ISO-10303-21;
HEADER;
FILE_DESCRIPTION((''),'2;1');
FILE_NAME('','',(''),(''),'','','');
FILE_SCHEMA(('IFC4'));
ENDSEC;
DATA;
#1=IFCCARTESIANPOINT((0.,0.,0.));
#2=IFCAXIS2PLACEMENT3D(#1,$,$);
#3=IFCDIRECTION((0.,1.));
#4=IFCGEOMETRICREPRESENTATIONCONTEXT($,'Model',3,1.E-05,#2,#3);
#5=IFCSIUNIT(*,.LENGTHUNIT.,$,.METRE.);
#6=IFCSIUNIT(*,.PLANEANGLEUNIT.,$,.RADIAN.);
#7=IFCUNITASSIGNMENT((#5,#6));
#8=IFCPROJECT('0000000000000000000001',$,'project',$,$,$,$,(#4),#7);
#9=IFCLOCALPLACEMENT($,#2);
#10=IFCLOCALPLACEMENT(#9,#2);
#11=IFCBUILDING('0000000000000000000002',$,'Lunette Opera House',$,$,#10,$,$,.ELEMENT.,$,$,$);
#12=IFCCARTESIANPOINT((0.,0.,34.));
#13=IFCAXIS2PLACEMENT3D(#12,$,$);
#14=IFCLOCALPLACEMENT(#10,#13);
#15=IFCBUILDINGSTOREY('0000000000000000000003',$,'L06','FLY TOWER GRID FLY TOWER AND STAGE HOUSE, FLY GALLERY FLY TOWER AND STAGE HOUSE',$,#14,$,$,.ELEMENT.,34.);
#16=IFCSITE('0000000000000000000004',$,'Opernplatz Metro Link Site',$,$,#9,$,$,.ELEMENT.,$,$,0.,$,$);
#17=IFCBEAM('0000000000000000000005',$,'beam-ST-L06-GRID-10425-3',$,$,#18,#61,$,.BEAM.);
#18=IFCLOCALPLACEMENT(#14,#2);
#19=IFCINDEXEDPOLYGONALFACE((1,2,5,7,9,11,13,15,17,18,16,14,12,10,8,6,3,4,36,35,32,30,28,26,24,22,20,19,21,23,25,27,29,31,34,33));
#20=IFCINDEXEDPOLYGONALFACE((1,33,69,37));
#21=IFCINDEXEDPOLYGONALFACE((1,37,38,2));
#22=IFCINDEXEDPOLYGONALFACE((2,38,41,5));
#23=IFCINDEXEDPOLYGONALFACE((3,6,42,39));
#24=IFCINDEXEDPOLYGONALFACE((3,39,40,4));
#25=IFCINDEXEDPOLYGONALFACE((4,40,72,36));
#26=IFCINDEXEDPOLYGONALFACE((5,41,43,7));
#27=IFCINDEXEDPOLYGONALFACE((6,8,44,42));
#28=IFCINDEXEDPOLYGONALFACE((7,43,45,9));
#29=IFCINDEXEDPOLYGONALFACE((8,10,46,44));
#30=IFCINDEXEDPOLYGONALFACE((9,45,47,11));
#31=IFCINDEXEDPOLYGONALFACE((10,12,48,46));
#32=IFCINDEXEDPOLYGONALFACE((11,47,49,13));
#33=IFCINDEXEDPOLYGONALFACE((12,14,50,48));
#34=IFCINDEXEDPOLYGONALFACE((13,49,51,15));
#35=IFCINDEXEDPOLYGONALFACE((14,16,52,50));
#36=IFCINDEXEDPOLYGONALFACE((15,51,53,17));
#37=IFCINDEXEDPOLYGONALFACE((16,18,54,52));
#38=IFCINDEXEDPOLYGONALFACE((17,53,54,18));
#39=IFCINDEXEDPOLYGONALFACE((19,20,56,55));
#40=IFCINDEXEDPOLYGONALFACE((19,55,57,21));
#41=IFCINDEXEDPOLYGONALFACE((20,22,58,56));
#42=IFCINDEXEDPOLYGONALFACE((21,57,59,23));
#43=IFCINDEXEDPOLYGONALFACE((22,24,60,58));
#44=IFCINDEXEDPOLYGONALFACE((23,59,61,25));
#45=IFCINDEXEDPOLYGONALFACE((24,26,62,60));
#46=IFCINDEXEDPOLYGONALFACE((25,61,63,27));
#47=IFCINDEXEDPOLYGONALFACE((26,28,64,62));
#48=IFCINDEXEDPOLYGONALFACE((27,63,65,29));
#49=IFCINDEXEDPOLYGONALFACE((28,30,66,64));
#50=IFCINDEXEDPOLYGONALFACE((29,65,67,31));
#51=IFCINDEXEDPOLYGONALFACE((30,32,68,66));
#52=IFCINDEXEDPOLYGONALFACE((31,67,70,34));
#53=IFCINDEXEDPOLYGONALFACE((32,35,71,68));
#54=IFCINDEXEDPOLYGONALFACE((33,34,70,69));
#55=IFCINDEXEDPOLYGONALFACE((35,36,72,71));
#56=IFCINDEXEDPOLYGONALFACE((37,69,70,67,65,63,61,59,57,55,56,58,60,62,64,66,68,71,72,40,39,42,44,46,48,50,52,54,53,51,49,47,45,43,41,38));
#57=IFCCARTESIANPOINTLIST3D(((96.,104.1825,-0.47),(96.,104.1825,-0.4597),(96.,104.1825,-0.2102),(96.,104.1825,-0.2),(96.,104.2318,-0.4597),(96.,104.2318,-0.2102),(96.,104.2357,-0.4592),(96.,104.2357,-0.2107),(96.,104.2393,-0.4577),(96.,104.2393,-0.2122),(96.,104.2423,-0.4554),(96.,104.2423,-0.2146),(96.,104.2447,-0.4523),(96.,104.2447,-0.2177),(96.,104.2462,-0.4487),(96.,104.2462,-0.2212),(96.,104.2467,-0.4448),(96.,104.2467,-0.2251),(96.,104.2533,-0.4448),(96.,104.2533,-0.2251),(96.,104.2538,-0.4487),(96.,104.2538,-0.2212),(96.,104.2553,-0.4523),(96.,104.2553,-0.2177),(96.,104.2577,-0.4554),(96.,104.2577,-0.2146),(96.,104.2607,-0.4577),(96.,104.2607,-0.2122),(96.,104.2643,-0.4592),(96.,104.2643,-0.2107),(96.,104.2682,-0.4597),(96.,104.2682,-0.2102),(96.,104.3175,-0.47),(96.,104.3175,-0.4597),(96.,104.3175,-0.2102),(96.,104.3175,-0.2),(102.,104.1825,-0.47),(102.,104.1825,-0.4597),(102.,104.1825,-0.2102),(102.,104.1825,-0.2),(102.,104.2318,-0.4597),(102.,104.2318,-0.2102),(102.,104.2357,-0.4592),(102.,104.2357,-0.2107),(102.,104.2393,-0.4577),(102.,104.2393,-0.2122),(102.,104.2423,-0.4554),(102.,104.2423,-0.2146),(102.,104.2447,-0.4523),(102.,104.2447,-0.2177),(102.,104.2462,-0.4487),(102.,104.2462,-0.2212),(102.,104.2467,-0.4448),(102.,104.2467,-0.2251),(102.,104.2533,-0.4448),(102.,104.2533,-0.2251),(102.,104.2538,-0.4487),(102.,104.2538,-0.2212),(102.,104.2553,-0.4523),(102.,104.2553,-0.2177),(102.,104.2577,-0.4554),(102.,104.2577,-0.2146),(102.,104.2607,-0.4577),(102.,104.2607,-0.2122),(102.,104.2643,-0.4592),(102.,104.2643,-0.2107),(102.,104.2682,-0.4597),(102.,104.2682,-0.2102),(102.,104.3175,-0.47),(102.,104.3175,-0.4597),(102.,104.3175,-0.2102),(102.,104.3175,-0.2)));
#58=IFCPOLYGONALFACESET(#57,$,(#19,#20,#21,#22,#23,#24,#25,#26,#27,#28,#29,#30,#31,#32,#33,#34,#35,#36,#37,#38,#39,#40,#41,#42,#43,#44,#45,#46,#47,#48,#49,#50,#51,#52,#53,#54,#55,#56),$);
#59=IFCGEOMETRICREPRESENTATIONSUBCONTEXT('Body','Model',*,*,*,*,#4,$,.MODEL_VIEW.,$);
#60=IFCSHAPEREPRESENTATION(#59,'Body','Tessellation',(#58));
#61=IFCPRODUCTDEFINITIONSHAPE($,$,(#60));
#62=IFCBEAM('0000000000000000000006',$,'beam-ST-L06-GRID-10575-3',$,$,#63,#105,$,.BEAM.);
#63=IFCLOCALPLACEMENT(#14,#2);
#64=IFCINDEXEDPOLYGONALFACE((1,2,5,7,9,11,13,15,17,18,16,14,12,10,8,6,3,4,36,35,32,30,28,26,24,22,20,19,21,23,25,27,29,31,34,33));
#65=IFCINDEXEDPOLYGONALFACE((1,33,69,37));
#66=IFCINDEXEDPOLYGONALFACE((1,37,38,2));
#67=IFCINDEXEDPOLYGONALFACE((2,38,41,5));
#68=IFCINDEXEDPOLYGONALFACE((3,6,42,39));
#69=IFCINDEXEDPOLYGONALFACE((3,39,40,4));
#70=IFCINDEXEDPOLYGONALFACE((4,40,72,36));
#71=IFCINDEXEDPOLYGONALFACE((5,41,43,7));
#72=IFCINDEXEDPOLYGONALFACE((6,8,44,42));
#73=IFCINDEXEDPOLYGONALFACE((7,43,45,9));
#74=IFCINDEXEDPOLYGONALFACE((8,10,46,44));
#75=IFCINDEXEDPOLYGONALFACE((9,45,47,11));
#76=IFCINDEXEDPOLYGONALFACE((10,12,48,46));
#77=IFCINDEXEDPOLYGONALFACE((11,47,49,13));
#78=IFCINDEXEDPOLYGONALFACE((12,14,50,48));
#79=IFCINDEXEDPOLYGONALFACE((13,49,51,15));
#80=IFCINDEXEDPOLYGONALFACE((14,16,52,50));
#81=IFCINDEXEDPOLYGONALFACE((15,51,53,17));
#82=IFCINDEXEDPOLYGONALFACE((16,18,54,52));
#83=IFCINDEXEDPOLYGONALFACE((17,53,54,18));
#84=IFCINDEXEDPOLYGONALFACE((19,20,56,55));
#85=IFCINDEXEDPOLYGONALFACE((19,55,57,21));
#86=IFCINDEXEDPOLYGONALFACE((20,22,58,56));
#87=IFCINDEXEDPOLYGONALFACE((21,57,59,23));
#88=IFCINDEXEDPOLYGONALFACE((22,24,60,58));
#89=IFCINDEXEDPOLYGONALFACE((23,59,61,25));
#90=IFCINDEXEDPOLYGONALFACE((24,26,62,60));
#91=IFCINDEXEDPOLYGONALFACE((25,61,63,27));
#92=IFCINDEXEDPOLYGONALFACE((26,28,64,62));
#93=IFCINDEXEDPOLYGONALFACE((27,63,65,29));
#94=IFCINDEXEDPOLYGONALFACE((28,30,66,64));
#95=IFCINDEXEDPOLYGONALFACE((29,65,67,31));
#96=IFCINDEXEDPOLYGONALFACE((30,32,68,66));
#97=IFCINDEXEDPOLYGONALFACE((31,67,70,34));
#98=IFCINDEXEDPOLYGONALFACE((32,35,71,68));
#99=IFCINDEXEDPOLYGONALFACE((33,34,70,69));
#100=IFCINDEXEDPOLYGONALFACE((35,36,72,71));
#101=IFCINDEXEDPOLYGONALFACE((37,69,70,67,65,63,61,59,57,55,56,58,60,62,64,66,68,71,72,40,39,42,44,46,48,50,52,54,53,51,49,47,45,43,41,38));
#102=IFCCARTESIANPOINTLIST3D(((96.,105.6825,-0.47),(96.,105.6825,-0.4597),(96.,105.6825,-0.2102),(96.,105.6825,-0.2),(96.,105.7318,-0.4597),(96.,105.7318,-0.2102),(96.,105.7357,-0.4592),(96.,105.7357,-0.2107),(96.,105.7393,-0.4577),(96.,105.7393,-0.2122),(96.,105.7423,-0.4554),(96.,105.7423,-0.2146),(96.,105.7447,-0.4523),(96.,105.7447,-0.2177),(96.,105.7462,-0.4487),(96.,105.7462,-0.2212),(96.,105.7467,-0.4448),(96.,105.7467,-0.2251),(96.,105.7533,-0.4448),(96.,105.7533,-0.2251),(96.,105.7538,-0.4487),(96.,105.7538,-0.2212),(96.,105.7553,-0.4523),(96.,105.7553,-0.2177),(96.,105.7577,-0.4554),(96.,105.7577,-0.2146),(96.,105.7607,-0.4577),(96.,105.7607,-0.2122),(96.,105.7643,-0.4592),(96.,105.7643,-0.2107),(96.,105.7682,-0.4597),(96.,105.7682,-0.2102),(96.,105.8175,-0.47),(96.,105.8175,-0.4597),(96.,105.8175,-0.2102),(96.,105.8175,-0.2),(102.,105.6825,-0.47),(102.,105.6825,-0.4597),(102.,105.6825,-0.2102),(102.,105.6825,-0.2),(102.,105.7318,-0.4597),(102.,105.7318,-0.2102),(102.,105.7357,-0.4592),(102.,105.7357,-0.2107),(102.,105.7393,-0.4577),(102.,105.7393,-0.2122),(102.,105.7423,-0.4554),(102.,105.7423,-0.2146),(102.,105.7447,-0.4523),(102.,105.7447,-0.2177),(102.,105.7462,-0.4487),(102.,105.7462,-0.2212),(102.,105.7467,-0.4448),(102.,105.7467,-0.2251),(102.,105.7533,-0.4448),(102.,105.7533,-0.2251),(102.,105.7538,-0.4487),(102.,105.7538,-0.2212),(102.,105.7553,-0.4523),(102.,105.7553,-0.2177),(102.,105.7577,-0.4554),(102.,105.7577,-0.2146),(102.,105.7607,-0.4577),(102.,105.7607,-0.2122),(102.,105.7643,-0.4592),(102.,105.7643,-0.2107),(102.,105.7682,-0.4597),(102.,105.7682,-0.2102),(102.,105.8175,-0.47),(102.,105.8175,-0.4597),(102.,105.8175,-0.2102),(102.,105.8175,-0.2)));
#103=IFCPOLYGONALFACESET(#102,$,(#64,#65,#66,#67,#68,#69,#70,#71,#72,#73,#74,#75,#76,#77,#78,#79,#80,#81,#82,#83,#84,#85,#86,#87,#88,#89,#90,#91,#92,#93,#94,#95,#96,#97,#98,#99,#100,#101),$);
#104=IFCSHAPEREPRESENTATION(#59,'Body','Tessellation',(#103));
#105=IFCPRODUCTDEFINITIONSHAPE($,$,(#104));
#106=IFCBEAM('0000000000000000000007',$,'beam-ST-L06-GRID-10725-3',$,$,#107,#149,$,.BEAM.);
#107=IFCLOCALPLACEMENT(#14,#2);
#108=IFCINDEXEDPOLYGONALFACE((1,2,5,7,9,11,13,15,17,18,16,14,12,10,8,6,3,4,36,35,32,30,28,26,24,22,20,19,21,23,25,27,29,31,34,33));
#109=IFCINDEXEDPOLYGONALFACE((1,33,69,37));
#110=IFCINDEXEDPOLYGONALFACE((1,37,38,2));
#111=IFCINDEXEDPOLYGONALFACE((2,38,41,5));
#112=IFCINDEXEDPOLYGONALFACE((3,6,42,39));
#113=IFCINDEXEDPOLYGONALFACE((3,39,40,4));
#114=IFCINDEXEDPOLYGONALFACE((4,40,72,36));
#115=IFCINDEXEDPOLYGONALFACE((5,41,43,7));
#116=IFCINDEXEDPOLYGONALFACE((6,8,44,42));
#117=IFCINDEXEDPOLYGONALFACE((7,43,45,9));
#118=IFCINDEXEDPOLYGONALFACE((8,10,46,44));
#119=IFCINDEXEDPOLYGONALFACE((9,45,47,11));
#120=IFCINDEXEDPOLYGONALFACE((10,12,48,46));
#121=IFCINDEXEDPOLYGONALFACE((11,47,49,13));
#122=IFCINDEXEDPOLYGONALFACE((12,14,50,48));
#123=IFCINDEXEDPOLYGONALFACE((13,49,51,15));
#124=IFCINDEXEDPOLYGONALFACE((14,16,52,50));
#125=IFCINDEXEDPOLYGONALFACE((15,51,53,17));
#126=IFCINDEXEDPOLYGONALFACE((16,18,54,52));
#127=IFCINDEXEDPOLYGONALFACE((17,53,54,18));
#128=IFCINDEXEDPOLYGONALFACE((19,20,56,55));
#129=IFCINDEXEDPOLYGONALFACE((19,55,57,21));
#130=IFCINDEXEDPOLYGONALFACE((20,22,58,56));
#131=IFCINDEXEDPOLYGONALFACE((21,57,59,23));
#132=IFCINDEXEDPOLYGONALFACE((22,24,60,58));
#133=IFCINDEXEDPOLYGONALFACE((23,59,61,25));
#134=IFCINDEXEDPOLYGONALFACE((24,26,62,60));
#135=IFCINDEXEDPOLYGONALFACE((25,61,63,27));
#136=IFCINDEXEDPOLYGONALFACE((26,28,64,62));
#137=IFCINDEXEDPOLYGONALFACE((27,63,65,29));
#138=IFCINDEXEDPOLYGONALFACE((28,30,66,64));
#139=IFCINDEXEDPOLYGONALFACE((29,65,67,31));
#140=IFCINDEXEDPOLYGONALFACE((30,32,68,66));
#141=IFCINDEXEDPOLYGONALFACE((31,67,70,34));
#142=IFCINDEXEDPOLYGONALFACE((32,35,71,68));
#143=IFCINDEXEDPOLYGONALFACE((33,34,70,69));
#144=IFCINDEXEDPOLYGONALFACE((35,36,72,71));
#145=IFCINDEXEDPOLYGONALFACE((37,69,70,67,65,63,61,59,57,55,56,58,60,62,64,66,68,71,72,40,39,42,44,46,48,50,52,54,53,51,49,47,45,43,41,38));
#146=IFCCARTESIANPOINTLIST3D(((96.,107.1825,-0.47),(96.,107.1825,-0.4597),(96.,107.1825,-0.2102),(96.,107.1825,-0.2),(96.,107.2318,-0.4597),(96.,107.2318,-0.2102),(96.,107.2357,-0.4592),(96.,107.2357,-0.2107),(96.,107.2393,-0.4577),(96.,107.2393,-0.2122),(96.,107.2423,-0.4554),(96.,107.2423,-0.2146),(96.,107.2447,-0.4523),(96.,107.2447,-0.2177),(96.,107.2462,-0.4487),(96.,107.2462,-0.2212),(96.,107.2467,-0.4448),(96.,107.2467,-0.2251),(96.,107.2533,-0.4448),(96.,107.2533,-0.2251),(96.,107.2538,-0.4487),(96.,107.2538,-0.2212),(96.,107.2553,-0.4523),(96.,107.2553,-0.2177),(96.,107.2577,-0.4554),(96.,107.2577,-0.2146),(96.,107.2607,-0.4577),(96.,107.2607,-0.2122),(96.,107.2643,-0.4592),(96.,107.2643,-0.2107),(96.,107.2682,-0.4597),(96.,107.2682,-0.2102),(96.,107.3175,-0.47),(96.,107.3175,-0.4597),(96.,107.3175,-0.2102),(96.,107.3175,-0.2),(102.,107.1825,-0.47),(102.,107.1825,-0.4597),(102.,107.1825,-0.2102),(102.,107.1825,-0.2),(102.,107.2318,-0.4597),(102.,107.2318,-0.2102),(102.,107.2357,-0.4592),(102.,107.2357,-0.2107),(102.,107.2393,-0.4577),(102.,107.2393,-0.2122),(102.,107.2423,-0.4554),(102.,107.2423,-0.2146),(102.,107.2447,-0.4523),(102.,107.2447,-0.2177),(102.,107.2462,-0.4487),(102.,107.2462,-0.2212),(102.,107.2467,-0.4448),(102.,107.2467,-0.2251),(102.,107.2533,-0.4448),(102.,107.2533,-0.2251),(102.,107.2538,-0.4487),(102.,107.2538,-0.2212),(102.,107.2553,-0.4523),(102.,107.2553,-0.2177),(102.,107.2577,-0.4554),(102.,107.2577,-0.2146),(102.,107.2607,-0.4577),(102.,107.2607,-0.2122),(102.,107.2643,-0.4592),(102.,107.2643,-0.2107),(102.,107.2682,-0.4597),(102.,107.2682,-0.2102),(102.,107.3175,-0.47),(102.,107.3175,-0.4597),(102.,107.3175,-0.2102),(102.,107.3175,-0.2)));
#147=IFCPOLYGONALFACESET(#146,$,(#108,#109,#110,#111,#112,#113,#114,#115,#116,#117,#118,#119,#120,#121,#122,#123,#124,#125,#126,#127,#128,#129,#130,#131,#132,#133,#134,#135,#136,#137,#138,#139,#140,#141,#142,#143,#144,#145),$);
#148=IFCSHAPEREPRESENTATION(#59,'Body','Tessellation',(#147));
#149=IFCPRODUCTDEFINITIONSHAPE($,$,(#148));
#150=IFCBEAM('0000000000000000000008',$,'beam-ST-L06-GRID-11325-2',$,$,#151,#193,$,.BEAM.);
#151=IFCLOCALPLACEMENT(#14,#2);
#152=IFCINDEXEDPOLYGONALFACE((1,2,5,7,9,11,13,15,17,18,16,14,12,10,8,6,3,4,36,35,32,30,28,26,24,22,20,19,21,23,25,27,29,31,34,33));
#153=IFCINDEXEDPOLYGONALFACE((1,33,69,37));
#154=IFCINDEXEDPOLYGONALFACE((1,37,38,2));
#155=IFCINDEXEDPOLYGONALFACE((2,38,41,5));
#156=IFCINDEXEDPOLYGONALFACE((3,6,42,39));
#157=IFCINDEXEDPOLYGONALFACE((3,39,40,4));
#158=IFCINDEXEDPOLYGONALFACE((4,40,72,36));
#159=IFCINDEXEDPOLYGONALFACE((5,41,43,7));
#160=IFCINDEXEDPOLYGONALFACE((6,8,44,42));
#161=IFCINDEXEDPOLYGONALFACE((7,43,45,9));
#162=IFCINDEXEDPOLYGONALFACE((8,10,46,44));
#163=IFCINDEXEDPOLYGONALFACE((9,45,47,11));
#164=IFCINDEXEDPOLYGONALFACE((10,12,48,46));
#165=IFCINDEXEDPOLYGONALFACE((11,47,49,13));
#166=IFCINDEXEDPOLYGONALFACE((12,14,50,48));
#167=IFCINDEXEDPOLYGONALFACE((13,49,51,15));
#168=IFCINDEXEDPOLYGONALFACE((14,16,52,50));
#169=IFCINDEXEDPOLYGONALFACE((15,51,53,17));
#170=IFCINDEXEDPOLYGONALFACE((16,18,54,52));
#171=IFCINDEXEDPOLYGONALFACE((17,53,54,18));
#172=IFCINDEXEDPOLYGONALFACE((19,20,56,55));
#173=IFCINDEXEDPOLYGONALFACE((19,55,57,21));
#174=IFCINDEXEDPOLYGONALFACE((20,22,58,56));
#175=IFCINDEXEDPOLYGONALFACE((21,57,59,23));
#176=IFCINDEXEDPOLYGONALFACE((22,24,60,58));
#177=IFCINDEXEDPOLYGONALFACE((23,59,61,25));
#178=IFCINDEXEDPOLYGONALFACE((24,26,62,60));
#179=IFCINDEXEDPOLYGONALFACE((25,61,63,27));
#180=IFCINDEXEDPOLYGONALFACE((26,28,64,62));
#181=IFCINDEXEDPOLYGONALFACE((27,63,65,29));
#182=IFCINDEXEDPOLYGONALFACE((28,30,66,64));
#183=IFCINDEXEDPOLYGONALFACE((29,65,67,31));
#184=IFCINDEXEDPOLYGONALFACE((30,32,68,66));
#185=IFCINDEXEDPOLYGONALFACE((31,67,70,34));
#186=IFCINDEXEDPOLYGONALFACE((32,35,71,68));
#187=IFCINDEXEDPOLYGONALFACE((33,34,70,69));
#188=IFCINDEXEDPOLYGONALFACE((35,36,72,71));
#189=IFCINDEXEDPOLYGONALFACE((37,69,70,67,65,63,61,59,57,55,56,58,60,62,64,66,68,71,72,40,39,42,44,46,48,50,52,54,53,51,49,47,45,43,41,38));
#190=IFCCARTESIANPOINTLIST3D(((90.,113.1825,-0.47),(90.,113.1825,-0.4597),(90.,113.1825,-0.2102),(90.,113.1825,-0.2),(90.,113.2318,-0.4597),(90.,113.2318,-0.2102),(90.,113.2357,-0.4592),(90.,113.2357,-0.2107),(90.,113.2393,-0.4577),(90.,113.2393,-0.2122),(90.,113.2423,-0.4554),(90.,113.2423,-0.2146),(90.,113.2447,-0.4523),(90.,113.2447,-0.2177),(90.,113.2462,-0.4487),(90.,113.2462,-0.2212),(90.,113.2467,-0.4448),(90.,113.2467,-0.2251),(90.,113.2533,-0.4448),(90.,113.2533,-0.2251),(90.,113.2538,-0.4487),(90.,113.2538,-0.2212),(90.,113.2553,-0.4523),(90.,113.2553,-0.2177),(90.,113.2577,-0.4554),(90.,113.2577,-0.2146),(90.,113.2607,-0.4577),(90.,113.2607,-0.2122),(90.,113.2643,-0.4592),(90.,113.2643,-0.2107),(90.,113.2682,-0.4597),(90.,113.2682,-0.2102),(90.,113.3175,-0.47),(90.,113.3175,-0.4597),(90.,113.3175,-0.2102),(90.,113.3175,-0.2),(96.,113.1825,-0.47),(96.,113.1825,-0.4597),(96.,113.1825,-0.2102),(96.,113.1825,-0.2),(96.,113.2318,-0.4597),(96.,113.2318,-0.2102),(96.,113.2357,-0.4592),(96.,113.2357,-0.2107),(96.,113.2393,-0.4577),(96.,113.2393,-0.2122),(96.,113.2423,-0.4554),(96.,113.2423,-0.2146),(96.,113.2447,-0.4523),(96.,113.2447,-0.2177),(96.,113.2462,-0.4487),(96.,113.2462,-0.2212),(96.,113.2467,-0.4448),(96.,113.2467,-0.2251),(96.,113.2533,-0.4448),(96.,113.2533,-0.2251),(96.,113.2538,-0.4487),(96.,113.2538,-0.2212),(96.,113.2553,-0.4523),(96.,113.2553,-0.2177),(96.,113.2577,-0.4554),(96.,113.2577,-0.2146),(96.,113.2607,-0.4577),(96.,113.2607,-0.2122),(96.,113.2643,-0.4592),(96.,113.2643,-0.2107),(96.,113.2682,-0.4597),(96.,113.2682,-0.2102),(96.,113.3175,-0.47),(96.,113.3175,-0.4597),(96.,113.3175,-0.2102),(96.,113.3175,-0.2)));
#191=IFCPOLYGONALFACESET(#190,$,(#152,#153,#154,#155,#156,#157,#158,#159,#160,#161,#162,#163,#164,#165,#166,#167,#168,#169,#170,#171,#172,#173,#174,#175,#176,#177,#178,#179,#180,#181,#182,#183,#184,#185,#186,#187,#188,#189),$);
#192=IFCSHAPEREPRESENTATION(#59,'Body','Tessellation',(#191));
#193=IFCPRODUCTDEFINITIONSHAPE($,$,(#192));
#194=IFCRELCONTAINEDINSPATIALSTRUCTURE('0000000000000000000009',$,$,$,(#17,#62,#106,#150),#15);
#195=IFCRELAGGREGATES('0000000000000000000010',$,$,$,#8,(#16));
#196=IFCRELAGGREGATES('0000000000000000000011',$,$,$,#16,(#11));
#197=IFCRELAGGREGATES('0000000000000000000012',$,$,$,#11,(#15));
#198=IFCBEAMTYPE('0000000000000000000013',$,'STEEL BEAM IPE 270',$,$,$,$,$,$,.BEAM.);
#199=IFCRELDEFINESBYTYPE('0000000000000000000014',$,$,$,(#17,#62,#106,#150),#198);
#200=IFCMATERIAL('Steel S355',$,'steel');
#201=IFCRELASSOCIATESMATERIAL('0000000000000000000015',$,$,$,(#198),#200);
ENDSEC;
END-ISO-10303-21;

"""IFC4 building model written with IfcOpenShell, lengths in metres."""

from ifc_helpers import new_model, si_unit, direction, frame, origin, origin_2d, place, context, subcontext, project, spatial, i_section, extrude, material, material_profile, profile_set, type_object, element, save


model = new_model("IFC4")

# Units and contexts
model_context = context("Model", 3, precision=1e-05, world=origin(), true_north=direction((0.0, 1.0)))
body_context = subcontext(model_context, "Body", "Model", "MODEL_VIEW")
ifc_project = project(units=[si_unit("LENGTHUNIT", "METRE"), si_unit("PLANEANGLEUNIT", "RADIAN")], contexts=[model_context])

# Site, building, storey
site_placement = place(None, origin())
site = spatial("IfcSite", under=ifc_project, at=site_placement, Name="Opernplatz Metro Link Site", CompositionType="ELEMENT", RefElevation=0.0)
building_placement = place(site_placement, origin())
building = spatial("IfcBuilding", under=site, at=building_placement, Name="Lunette Opera House", CompositionType="ELEMENT")
storey_placement = place(building_placement, frame((0.0, 0.0, 34.0)))
storey = spatial("IfcBuildingStorey", under=building, at=storey_placement, Name="L06", Description="FLY TOWER GRID FLY TOWER AND STAGE HOUSE, FLY GALLERY FLY TOWER AND STAGE HOUSE", CompositionType="ELEMENT", Elevation=34.0)

# Beams
ifc_material_1 = material(Name="Steel S355", Category="steel")
ifc_material_profile_1 = material_profile(ifc_material_1, i_section(OverallWidth=0.135, OverallDepth=0.27, WebThickness=0.0066, FlangeThickness=0.0103, FilletRadius=0.0149, at=origin_2d()), Name="IPE 270")
ifc_profile_set_1 = profile_set([ifc_material_profile_1], Name="Steel S355")
beam_type = type_object("IfcBeamType", Name="STEEL BEAM IPE 270", PredefinedType="BEAM", material=ifc_profile_set_1)
for number, where, z_axis, x_axis, name in (
    (1, (96.0, 104.25, -0.335), (1.0, 0.0, 0.0), (0.0, 1.0, 0.0), "beam-ST-L06-GRID-10425-3"),
    (2, (96.0, 105.75, -0.335), (1.0, 0.0, 0.0), (0.0, 1.0, 0.0), "beam-ST-L06-GRID-10575-3"),
    (3, (96.0, 107.25, -0.335), (1.0, 0.0, 0.0), (0.0, 1.0, 0.0), "beam-ST-L06-GRID-10725-3"),
    (4, (90.0, 113.25, -0.335), (1.0, 0.0, 0.0), (0.0, 1.0, 0.0), "beam-ST-L06-GRID-11325-2"),
):
    element("IfcBeam", number, at=place(storey_placement, frame(where, z_axis=z_axis, x_axis=x_axis)), inside=storey, type_object=beam_type, Name=name, PredefinedType="BEAM", context=body_context, shape_type="SweptSolid", body=[
        extrude(i_section(OverallWidth=0.135, OverallDepth=0.27, WebThickness=0.0066, FlangeThickness=0.0103, FilletRadius=0.0149, at=origin_2d()), origin(), (0.0, 0.0, 1.0), 6.0),
    ])

save(model, "model.ifc")
